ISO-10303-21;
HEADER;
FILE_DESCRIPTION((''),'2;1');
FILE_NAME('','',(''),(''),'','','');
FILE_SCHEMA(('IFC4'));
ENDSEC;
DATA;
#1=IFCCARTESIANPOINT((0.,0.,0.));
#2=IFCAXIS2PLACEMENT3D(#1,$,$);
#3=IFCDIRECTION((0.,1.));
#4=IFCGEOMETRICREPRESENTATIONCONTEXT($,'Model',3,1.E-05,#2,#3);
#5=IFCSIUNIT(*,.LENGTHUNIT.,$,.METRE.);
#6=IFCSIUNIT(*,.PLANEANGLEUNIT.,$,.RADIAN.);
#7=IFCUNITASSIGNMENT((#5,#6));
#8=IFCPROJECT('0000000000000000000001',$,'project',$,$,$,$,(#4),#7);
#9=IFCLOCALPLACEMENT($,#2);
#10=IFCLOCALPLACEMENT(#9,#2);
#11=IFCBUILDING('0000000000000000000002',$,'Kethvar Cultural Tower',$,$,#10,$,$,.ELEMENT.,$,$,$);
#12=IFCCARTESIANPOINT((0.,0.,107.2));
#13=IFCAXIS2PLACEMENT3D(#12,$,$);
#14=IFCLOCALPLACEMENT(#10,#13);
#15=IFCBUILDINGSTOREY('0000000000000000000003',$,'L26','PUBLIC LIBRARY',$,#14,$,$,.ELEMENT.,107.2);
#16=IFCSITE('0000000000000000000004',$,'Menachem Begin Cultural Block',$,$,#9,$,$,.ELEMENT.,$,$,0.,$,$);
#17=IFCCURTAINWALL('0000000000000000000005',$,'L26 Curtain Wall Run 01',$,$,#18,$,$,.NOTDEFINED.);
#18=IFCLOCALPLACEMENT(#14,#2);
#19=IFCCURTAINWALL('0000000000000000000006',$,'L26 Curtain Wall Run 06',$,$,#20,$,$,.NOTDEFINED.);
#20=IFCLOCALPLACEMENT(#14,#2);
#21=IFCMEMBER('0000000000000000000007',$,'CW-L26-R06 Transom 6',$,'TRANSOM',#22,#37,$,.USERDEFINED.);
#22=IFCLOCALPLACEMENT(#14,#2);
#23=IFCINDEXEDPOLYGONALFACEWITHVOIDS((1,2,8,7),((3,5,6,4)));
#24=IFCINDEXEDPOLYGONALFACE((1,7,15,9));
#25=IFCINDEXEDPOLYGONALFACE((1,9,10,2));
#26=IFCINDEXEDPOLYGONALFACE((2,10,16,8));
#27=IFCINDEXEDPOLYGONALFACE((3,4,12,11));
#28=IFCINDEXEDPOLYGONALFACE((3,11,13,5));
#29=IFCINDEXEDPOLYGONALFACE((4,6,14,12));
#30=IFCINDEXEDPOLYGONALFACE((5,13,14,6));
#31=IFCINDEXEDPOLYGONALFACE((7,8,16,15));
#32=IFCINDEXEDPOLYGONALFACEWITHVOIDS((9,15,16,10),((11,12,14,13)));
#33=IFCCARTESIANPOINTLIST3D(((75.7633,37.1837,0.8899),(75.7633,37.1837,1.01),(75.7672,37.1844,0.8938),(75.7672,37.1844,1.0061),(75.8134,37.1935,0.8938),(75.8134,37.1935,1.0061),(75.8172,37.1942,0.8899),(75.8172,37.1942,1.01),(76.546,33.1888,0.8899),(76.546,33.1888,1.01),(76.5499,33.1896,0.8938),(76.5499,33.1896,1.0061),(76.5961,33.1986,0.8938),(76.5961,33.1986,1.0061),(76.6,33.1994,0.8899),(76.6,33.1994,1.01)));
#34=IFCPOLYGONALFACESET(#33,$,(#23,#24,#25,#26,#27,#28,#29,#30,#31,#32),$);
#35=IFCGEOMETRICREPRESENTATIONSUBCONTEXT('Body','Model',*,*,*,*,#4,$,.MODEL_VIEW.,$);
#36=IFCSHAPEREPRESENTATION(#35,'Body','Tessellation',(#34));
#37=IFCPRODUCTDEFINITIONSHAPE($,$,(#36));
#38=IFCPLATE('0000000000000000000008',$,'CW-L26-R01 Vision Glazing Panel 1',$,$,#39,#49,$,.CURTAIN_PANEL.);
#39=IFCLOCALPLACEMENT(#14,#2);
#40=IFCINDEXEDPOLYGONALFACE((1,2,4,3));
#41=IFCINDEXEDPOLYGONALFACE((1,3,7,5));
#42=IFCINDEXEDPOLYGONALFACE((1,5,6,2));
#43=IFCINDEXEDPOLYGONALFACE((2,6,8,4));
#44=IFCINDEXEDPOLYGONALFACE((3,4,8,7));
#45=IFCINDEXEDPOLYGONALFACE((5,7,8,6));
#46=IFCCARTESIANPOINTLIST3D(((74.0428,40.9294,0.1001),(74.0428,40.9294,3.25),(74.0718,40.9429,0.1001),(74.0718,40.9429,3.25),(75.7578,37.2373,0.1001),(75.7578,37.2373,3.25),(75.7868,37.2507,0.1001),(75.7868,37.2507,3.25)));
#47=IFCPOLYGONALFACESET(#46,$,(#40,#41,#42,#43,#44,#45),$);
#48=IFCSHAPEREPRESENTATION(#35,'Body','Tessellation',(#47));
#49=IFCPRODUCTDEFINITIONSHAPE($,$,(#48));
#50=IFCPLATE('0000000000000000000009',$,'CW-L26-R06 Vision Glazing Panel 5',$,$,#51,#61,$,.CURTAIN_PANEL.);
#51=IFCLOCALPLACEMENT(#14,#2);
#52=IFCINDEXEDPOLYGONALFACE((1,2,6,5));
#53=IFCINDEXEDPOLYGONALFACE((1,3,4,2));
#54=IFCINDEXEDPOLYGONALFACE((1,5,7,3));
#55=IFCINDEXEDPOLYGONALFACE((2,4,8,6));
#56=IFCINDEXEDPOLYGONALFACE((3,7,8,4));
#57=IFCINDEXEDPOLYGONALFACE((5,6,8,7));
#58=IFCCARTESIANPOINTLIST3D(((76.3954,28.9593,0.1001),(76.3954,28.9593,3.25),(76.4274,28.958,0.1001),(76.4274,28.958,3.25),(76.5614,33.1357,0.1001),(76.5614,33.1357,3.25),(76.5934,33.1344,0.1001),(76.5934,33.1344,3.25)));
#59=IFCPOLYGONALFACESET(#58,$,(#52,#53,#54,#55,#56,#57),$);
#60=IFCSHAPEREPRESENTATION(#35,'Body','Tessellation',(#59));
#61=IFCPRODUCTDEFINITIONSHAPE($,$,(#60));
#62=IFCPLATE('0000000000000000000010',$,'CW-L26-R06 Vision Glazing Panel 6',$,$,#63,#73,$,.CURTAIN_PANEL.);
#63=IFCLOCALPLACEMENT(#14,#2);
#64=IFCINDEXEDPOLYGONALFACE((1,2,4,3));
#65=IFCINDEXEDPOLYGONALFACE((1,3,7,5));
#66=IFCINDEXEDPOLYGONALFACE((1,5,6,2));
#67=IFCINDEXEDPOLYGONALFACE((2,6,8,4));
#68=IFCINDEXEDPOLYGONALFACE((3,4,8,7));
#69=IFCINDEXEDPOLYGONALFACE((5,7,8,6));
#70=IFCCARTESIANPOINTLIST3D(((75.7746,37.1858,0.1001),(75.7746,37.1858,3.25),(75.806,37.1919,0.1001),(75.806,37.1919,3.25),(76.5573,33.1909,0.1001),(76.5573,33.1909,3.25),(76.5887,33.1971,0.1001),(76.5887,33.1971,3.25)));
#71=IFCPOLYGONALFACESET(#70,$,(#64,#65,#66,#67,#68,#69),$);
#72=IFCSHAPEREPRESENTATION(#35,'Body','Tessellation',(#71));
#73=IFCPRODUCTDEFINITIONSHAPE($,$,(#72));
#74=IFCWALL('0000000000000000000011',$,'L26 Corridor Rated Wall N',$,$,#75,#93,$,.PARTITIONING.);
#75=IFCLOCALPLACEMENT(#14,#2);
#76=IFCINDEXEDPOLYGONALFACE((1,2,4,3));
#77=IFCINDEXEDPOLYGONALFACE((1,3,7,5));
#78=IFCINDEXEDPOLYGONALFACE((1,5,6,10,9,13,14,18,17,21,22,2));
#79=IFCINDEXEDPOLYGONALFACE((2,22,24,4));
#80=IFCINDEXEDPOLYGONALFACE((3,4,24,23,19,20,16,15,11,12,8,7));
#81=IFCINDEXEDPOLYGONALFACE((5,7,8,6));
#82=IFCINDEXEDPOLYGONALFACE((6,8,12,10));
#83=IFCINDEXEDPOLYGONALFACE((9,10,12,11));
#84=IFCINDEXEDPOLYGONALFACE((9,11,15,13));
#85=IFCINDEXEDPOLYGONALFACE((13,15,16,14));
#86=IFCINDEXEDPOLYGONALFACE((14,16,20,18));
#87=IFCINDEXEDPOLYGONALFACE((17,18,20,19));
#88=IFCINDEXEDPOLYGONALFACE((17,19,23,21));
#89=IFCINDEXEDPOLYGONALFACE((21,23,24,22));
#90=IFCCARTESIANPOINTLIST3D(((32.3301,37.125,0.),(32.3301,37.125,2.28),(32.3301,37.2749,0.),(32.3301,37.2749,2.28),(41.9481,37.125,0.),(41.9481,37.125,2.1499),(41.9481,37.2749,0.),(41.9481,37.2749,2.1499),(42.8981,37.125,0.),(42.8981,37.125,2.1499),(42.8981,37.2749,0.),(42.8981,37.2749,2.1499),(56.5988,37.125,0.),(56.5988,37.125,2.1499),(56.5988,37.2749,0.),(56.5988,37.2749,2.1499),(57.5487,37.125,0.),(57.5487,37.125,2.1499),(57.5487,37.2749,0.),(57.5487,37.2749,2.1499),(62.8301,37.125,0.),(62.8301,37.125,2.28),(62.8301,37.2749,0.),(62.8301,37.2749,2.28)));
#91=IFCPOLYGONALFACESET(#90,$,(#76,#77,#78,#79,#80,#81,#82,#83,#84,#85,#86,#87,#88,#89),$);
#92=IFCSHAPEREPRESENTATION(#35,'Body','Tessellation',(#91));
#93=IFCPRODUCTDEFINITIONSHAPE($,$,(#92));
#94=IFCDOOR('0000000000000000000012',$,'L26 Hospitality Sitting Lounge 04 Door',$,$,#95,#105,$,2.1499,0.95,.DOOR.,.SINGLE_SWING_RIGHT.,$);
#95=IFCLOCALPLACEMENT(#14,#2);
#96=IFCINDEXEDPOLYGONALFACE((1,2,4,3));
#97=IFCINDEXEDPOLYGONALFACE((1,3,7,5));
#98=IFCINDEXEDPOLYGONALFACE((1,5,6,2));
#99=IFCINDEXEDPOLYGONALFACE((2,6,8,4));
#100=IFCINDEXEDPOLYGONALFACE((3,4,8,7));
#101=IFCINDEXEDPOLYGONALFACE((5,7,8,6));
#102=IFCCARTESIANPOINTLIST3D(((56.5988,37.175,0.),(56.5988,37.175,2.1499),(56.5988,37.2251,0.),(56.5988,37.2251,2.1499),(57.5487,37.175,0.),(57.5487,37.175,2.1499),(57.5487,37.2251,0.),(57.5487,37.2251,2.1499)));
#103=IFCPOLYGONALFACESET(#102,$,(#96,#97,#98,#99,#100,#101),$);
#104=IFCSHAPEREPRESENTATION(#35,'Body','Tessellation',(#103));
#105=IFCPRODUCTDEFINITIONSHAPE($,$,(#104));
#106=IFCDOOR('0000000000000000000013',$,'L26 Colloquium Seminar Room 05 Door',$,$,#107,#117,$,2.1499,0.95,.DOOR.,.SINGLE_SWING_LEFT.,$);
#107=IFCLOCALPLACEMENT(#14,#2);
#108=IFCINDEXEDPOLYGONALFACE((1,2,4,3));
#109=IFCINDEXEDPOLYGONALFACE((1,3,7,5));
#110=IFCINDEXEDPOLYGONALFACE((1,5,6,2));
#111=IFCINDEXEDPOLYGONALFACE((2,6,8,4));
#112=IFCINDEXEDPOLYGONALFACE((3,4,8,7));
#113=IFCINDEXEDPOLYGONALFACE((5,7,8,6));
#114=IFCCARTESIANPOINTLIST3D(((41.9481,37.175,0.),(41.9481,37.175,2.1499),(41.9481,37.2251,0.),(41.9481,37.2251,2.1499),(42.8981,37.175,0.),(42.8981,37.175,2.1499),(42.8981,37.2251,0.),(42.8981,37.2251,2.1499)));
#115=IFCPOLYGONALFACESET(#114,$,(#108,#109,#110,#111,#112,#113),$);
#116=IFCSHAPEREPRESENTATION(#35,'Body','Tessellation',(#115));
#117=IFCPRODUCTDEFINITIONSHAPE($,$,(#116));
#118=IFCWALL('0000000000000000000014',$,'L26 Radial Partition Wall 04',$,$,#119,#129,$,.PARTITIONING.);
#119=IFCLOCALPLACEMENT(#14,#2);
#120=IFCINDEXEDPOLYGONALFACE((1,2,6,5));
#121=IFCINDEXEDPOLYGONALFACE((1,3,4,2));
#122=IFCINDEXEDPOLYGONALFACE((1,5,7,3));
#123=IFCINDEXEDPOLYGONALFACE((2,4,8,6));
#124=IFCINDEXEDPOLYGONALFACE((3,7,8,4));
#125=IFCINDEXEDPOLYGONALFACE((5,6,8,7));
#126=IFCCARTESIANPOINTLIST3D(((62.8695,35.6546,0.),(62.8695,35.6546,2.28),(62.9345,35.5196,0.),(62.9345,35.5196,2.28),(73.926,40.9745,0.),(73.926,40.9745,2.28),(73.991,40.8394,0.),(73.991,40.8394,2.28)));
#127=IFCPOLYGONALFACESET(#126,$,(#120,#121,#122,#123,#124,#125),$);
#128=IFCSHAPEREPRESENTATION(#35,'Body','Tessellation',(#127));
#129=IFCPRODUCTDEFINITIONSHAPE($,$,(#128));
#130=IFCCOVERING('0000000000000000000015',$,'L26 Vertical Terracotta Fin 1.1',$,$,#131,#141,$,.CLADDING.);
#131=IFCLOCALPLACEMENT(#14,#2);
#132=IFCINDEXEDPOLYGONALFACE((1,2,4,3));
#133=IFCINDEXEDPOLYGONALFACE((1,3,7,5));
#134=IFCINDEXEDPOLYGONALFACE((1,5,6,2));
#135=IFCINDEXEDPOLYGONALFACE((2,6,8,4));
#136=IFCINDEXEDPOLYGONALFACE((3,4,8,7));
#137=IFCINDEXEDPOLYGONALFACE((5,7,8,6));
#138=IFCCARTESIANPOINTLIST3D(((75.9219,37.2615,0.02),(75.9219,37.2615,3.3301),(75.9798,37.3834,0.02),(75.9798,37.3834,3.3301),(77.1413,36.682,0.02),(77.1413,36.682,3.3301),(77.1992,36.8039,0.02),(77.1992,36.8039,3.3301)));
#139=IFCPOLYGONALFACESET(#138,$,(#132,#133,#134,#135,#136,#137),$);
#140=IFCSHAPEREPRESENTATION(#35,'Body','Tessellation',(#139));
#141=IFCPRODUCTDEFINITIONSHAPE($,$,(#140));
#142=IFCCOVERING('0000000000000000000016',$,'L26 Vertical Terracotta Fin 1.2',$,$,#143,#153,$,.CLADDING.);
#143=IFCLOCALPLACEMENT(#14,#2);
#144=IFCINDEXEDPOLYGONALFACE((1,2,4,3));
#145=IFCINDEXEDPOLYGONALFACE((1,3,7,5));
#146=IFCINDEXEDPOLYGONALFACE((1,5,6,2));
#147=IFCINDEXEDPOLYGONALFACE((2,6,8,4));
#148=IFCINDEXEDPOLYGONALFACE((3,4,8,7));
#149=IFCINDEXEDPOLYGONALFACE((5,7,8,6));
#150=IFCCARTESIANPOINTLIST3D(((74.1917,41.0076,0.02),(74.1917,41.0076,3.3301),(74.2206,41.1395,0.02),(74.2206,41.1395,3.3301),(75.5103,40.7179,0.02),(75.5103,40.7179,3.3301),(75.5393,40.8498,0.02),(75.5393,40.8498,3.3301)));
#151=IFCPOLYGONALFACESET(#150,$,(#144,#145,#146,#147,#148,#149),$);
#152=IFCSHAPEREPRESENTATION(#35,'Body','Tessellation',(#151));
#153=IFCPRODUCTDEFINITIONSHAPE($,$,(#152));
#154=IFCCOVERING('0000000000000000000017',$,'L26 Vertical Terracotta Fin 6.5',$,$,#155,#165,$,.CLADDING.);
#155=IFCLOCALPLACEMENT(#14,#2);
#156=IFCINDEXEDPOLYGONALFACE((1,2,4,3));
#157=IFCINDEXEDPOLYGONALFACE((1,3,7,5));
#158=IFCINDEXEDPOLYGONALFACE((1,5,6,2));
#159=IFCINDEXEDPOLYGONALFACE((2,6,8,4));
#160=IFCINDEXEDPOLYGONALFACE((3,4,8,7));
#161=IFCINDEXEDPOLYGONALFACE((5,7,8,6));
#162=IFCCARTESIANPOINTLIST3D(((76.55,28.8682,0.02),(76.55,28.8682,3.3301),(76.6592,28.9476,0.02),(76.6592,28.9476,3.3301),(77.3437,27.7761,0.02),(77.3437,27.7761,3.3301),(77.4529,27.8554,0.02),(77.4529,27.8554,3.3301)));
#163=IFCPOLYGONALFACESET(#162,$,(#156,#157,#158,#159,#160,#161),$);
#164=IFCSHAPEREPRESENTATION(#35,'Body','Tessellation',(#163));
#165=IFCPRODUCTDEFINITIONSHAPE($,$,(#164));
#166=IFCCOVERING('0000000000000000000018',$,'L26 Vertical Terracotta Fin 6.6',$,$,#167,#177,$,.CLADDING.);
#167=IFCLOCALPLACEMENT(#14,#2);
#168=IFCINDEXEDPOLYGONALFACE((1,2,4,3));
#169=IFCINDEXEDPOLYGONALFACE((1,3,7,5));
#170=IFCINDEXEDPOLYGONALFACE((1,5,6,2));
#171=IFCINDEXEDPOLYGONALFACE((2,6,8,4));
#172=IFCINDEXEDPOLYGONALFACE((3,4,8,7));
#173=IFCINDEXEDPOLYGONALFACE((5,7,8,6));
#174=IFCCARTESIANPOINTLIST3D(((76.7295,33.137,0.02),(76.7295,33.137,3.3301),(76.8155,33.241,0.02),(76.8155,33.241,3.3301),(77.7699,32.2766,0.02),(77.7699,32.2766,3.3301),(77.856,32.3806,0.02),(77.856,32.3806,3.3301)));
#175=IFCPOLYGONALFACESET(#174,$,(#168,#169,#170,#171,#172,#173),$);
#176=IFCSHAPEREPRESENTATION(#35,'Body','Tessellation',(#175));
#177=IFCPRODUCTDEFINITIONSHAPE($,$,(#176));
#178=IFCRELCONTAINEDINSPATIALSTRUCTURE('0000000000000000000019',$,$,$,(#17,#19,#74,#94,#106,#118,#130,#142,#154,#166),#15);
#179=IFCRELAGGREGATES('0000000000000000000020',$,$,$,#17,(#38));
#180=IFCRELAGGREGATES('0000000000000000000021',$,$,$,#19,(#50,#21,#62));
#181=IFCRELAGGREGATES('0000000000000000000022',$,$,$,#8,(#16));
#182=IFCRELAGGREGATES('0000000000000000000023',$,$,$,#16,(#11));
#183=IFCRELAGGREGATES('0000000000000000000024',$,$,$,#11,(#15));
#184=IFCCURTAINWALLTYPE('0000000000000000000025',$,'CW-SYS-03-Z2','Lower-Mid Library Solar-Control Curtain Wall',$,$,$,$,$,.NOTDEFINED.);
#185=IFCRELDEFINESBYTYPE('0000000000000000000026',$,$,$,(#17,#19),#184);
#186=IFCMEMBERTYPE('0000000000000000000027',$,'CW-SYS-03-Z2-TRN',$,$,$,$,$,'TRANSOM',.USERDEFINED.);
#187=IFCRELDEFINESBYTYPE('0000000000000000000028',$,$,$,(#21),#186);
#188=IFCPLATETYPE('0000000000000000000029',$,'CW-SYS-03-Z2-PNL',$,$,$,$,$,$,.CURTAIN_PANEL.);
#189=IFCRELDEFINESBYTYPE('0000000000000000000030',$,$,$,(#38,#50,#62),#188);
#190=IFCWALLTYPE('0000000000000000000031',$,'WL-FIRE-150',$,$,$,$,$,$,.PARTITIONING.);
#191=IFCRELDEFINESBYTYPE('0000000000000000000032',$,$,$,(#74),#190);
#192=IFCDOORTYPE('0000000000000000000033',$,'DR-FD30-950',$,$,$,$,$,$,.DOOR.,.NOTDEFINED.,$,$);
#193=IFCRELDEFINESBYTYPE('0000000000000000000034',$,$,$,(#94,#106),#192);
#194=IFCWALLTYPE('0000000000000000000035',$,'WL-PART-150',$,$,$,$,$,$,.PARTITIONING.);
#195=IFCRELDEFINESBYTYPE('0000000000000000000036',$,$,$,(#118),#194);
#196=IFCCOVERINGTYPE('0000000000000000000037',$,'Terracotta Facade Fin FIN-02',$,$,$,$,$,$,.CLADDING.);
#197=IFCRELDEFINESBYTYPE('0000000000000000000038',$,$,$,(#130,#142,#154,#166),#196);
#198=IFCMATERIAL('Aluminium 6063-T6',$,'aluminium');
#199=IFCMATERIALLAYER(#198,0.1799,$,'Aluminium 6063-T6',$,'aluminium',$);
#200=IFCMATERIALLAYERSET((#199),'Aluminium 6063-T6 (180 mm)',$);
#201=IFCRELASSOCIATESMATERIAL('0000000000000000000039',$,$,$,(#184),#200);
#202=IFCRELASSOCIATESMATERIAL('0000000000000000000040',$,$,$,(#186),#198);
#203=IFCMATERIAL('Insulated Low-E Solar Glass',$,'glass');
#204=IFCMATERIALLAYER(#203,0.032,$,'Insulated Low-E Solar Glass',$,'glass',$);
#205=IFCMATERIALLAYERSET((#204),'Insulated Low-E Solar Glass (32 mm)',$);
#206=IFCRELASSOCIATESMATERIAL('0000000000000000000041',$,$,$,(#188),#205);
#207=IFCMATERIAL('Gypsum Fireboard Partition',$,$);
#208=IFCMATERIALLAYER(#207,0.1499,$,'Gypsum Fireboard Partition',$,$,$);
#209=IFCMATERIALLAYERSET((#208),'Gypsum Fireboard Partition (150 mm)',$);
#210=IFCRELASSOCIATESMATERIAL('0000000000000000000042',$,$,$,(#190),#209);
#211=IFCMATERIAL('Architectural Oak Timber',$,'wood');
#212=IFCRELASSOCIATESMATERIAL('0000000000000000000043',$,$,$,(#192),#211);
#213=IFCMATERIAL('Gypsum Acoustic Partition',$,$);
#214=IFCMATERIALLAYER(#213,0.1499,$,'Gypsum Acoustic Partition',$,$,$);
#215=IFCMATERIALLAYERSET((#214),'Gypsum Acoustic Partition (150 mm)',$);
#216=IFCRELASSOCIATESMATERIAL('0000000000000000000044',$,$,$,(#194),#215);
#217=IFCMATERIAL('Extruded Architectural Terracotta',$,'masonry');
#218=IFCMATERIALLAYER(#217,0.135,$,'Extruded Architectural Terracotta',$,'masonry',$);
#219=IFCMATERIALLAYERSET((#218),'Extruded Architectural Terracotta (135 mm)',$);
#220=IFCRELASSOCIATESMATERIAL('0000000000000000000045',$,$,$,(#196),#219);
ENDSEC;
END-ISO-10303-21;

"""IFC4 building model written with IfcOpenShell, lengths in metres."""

from ifc_helpers import new_model, si_unit, direction, frame, frame_2d, origin, origin_2d, place, context, subcontext, project, spatial, rectangle, hollow_rectangle, extrude, source, transform, mapped, material, layer, layer_set, material_profile, profile_set, type_object, element, fill, aggregate, save


model = new_model("IFC4")

# Units and contexts
model_context = context("Model", 3, precision=1e-05, world=origin(), true_north=direction((0.0, 1.0)))
body_context = subcontext(model_context, "Body", "Model", "MODEL_VIEW")
ifc_project = project(units=[si_unit("LENGTHUNIT", "METRE"), si_unit("PLANEANGLEUNIT", "RADIAN")], contexts=[model_context])

# Site, building, storey
site_placement = place(None, origin())
site = spatial("IfcSite", under=ifc_project, at=site_placement, Name="Menachem Begin Cultural Block", CompositionType="ELEMENT", RefElevation=0.0)
building_placement = place(site_placement, origin())
building = spatial("IfcBuilding", under=site, at=building_placement, Name="Kethvar Cultural Tower", CompositionType="ELEMENT")
storey_placement = place(building_placement, frame((0.0, 0.0, 107.2)))
storey = spatial("IfcBuildingStorey", under=building, at=storey_placement, Name="L26", Description="PUBLIC LIBRARY", CompositionType="ELEMENT", Elevation=107.2)

# Curtain walls
ifc_material_1 = material(Name="Aluminium 6063-T6", Category="aluminium")
ifc_layer_1 = layer(ifc_material_1, 0.1799, Name="Aluminium 6063-T6", Category="aluminium")
ifc_layer_set_1 = layer_set([ifc_layer_1], Name="Aluminium 6063-T6 (180 mm)")
curtain_wall_type = type_object("IfcCurtainWallType", Name="CW-SYS-03-Z2", Description="Lower-Mid Library Solar-Control Curtain Wall", PredefinedType="NOTDEFINED", material=ifc_layer_set_1)
curtain_wall_1_placement = place(storey_placement, origin())
curtain_wall_1 = element("IfcCurtainWall", 1, at=curtain_wall_1_placement, inside=storey, type_object=curtain_wall_type, Name="L26 Curtain Wall Run 01", PredefinedType="NOTDEFINED")
curtain_wall_2_placement = place(storey_placement, origin())
curtain_wall_2 = element("IfcCurtainWall", 2, at=curtain_wall_2_placement, inside=storey, type_object=curtain_wall_type, Name="L26 Curtain Wall Run 06", PredefinedType="NOTDEFINED")

# Member
ifc_material_profile_1 = material_profile(ifc_material_1, hollow_rectangle(XDim=0.0549, YDim=0.1201, WallThickness=0.0039, at=origin_2d()), Name="Aluminium 6063-T6 — RHS120x55x4")
ifc_profile_set_1 = profile_set([ifc_material_profile_1], Name="Aluminium 6063-T6 — RHS120x55x4")
member_type_1 = type_object("IfcMemberType", Name="CW-SYS-03-Z2-TRN", ElementType="TRANSOM", PredefinedType="USERDEFINED", material=ifc_profile_set_1)
shared_shape_1 = source(origin(), body_context, "Body", "SweptSolid", [
    extrude(hollow_rectangle(XDim=0.0549, YDim=0.1201, WallThickness=0.0039, at=origin_2d()), origin(), (0.0, 0.0, 1.0), 4.0708),
])
member_1_placement = place(storey_placement, frame((76.573, 33.1941, 0.95), z_axis=(-0.192274, 0.981341, 0.0), x_axis=(-0.981341, -0.192274, 0.0)))
member_1 = element("IfcMember", 3, at=member_1_placement, type_object=member_type_1, Name="CW-L26-R06 Transom 6", ObjectType="TRANSOM", PredefinedType="USERDEFINED", context=body_context, shape_type="MappedRepresentation", body=[
    mapped(shared_shape_1, transform((0.0, 0.0, 0.0), scale=1.0)),
])

# Plates
ifc_material_2 = material(Name="Insulated Low-E Solar Glass", Category="glass")
ifc_layer_2 = layer(ifc_material_2, 0.032, Name="Insulated Low-E Solar Glass", Category="glass")
ifc_layer_set_2 = layer_set([ifc_layer_2], Name="Insulated Low-E Solar Glass (32 mm)")
plate_type = type_object("IfcPlateType", Name="CW-SYS-03-Z2-PNL", PredefinedType="CURTAIN_PANEL", material=ifc_layer_set_2)
shared_shape_2 = source(origin(), body_context, "Body", "SweptSolid", [
    extrude(rectangle(XDim=4.071, YDim=0.032, at=origin_2d()), origin(), (0.0, 0.0, 1.0), 3.1499),
])
plate_1_placement = place(storey_placement, frame((74.9148, 39.0901, 0.1001), z_axis=(0.0, 0.0, 1.0), x_axis=(-0.421273, 0.906934, 0.0)))
plate_1 = element("IfcPlate", 4, at=plate_1_placement, type_object=plate_type, Name="CW-L26-R01 Vision Glazing Panel 1", PredefinedType="CURTAIN_PANEL", context=body_context, shape_type="MappedRepresentation", body=[
    mapped(shared_shape_2, transform((0.0, 0.0, 0.0), scale=1.0)),
])
aggregate(curtain_wall_1, [plate_1])
shared_shape_3 = source(origin(), body_context, "Body", "SweptSolid", [
    extrude(rectangle(XDim=4.1797, YDim=0.032, at=origin_2d()), origin(), (0.0, 0.0, 1.0), 3.1499),
])
plate_2_placement = place(storey_placement, frame((76.4944, 31.0469, 0.1001), z_axis=(0.0, 0.0, 1.0), x_axis=(0.039713, 0.999211, 0.0)))
plate_2 = element("IfcPlate", 5, at=plate_2_placement, type_object=plate_type, Name="CW-L26-R06 Vision Glazing Panel 5", PredefinedType="CURTAIN_PANEL", context=body_context, shape_type="MappedRepresentation", body=[
    mapped(shared_shape_3, transform((0.0, 0.0, 0.0), scale=1.0)),
])
shared_shape_4 = source(origin(), body_context, "Body", "SweptSolid", [
    extrude(rectangle(XDim=4.0708, YDim=0.032, at=origin_2d()), origin(), (0.0, 0.0, 1.0), 3.1499),
])
plate_3_placement = place(storey_placement, frame((76.1816, 35.1914, 0.1001), z_axis=(0.0, 0.0, 1.0), x_axis=(-0.192265, 0.981343, 0.0)))
plate_3 = element("IfcPlate", 6, at=plate_3_placement, type_object=plate_type, Name="CW-L26-R06 Vision Glazing Panel 6", PredefinedType="CURTAIN_PANEL", context=body_context, shape_type="MappedRepresentation", body=[
    mapped(shared_shape_4, transform((0.0, 0.0, 0.0), scale=1.0)),
])
aggregate(curtain_wall_2, [plate_2, member_1, plate_3])

# Wall, openings, doors
ifc_material_3 = material(Name="Gypsum Fireboard Partition")
ifc_layer_3 = layer(ifc_material_3, 0.1499, Name="Gypsum Fireboard Partition")
ifc_layer_set_3 = layer_set([ifc_layer_3], Name="Gypsum Fireboard Partition (150 mm)")
wall_type_1 = type_object("IfcWallType", Name="WL-FIRE-150", PredefinedType="PARTITIONING", material=ifc_layer_set_3)
wall_1_placement = place(storey_placement, frame((62.8301, 37.2, 0.0), z_axis=(0.0, 0.0, 1.0), x_axis=(-1.0, 0.0, 0.0)))
wall_1 = element("IfcWall", 7, at=wall_1_placement, inside=storey, type_object=wall_type_1, Name="L26 Corridor Rated Wall N", PredefinedType="PARTITIONING", context=body_context, shape_type="SweptSolid", body=[
    extrude(rectangle(XDim=30.5, YDim=0.1499, at=frame_2d((15.25, 0.0))), origin(), (0.0, 0.0, 1.0), 2.28),
])
opening_1_placement = place(wall_1_placement, frame((5.2812, 0.0, 0.0)))
opening_1 = element("IfcOpeningElement", 8, at=opening_1_placement, cuts=wall_1, PredefinedType="OPENING", context=body_context, shape_type="SweptSolid", body=[
    extrude(rectangle(XDim=0.95, YDim=2.1499, at=frame_2d((0.4751, 1.075))), frame((0.0, 0.085, 0.0), z_axis=(0.0, -1.0, 0.0), x_axis=(1.0, 0.0, 0.0)), (0.0, 0.0, 1.0), 0.1699),
])
opening_2_placement = place(wall_1_placement, frame((19.9319, 0.0, 0.0)))
opening_2 = element("IfcOpeningElement", 9, at=opening_2_placement, cuts=wall_1, PredefinedType="OPENING", context=body_context, shape_type="SweptSolid", body=[
    extrude(rectangle(XDim=0.95, YDim=2.1499, at=frame_2d((0.4751, 1.075))), frame((0.0, 0.085, 0.0), z_axis=(0.0, -1.0, 0.0), x_axis=(1.0, 0.0, 0.0)), (0.0, 0.0, 1.0), 0.1699),
])
ifc_material_4 = material(Name="Architectural Oak Timber", Category="wood")
door_type = type_object("IfcDoorType", Name="DR-FD30-950", OperationType="NOTDEFINED", PredefinedType="DOOR", material=ifc_material_4)
shared_shape_5 = source(origin(), body_context, "Body", "SweptSolid", [
    extrude(rectangle(XDim=0.95, YDim=2.1499, at=frame_2d((0.4751, 1.075))), frame((0.0, 0.0249, 0.0), z_axis=(0.0, -1.0, 0.0), x_axis=(1.0, 0.0, 0.0)), (0.0, 0.0, 1.0), 0.05),
])
door_1_placement = place(opening_1_placement, origin())
door_1 = element("IfcDoor", 10, at=door_1_placement, inside=storey, type_object=door_type, Name="L26 Hospitality Sitting Lounge 04 Door", OperationType="SINGLE_SWING_RIGHT", OverallHeight=2.1499, OverallWidth=0.95, PredefinedType="DOOR", context=body_context, shape_type="MappedRepresentation", body=[
    mapped(shared_shape_5, transform((0.0, 0.0, 0.0), scale=1.0)),
])
fill(opening_1, door_1)
door_2_placement = place(opening_2_placement, origin())
door_2 = element("IfcDoor", 11, at=door_2_placement, inside=storey, type_object=door_type, Name="L26 Colloquium Seminar Room 05 Door", OperationType="SINGLE_SWING_LEFT", OverallHeight=2.1499, OverallWidth=0.95, PredefinedType="DOOR", context=body_context, shape_type="MappedRepresentation", body=[
    mapped(shared_shape_5, transform((0.0, 0.0, 0.0), scale=1.0)),
])
fill(opening_2, door_2)

# Wall
ifc_material_5 = material(Name="Gypsum Acoustic Partition")
ifc_layer_4 = layer(ifc_material_5, 0.1499, Name="Gypsum Acoustic Partition")
ifc_layer_set_4 = layer_set([ifc_layer_4], Name="Gypsum Acoustic Partition (150 mm)")
wall_type_2 = type_object("IfcWallType", Name="WL-PART-150", PredefinedType="PARTITIONING", material=ifc_layer_set_4)
wall_2_placement = place(storey_placement, frame((62.9021, 35.5872, 0.0), z_axis=(0.0, 0.0, 1.0), x_axis=(0.901117, 0.433576, 0.0)))
element("IfcWall", 12, at=wall_2_placement, inside=storey, type_object=wall_type_2, Name="L26 Radial Partition Wall 04", PredefinedType="PARTITIONING", context=body_context, shape_type="SweptSolid", body=[
    extrude(rectangle(XDim=12.2698, YDim=0.1499, at=frame_2d((6.1348, 0.0))), origin(), (0.0, 0.0, 1.0), 2.28),
])

# Coverings
ifc_material_6 = material(Name="Extruded Architectural Terracotta", Category="masonry")
ifc_layer_5 = layer(ifc_material_6, 0.135, Name="Extruded Architectural Terracotta", Category="masonry")
ifc_layer_set_5 = layer_set([ifc_layer_5], Name="Extruded Architectural Terracotta (135 mm)")
covering_type = type_object("IfcCoveringType", Name="Terracotta Facade Fin FIN-02", PredefinedType="CLADDING", material=ifc_layer_set_5)
shared_shape_6 = source(origin(), body_context, "Body", "SweptSolid", [
    extrude(rectangle(XDim=1.3501, YDim=0.135, at=origin_2d()), origin(), (0.0, 0.0, 1.0), 3.3101),
])
for number, where, z_axis, x_axis, name in (
    (13, (76.5605, 37.0327, 0.02), (0.0, 0.0, 1.0), (0.903186, -0.42925, 0.0), "L26 Vertical Terracotta Fin 1.1"),
    (14, (74.8655, 40.9287, 0.02), (0.0, 0.0, 1.0), (0.97671, -0.214565, 0.0), "L26 Vertical Terracotta Fin 1.2"),
    (15, (77.0015, 28.3618, 0.02), (0.0, 0.0, 1.0), (0.587926, -0.808914, 0.0), "L26 Vertical Terracotta Fin 6.5"),
    (16, (77.2927, 32.7588, 0.02), (0.0, 0.0, 1.0), (0.770624, -0.63729, 0.0), "L26 Vertical Terracotta Fin 6.6"),
):
    element("IfcCovering", number, at=place(storey_placement, frame(where, z_axis=z_axis, x_axis=x_axis)), inside=storey, type_object=covering_type, Name=name, PredefinedType="CLADDING", context=body_context, shape_type="MappedRepresentation", body=[
        mapped(shared_shape_6, transform((0.0, 0.0, 0.0), scale=1.0)),
    ])

save(model, "model.ifc")
